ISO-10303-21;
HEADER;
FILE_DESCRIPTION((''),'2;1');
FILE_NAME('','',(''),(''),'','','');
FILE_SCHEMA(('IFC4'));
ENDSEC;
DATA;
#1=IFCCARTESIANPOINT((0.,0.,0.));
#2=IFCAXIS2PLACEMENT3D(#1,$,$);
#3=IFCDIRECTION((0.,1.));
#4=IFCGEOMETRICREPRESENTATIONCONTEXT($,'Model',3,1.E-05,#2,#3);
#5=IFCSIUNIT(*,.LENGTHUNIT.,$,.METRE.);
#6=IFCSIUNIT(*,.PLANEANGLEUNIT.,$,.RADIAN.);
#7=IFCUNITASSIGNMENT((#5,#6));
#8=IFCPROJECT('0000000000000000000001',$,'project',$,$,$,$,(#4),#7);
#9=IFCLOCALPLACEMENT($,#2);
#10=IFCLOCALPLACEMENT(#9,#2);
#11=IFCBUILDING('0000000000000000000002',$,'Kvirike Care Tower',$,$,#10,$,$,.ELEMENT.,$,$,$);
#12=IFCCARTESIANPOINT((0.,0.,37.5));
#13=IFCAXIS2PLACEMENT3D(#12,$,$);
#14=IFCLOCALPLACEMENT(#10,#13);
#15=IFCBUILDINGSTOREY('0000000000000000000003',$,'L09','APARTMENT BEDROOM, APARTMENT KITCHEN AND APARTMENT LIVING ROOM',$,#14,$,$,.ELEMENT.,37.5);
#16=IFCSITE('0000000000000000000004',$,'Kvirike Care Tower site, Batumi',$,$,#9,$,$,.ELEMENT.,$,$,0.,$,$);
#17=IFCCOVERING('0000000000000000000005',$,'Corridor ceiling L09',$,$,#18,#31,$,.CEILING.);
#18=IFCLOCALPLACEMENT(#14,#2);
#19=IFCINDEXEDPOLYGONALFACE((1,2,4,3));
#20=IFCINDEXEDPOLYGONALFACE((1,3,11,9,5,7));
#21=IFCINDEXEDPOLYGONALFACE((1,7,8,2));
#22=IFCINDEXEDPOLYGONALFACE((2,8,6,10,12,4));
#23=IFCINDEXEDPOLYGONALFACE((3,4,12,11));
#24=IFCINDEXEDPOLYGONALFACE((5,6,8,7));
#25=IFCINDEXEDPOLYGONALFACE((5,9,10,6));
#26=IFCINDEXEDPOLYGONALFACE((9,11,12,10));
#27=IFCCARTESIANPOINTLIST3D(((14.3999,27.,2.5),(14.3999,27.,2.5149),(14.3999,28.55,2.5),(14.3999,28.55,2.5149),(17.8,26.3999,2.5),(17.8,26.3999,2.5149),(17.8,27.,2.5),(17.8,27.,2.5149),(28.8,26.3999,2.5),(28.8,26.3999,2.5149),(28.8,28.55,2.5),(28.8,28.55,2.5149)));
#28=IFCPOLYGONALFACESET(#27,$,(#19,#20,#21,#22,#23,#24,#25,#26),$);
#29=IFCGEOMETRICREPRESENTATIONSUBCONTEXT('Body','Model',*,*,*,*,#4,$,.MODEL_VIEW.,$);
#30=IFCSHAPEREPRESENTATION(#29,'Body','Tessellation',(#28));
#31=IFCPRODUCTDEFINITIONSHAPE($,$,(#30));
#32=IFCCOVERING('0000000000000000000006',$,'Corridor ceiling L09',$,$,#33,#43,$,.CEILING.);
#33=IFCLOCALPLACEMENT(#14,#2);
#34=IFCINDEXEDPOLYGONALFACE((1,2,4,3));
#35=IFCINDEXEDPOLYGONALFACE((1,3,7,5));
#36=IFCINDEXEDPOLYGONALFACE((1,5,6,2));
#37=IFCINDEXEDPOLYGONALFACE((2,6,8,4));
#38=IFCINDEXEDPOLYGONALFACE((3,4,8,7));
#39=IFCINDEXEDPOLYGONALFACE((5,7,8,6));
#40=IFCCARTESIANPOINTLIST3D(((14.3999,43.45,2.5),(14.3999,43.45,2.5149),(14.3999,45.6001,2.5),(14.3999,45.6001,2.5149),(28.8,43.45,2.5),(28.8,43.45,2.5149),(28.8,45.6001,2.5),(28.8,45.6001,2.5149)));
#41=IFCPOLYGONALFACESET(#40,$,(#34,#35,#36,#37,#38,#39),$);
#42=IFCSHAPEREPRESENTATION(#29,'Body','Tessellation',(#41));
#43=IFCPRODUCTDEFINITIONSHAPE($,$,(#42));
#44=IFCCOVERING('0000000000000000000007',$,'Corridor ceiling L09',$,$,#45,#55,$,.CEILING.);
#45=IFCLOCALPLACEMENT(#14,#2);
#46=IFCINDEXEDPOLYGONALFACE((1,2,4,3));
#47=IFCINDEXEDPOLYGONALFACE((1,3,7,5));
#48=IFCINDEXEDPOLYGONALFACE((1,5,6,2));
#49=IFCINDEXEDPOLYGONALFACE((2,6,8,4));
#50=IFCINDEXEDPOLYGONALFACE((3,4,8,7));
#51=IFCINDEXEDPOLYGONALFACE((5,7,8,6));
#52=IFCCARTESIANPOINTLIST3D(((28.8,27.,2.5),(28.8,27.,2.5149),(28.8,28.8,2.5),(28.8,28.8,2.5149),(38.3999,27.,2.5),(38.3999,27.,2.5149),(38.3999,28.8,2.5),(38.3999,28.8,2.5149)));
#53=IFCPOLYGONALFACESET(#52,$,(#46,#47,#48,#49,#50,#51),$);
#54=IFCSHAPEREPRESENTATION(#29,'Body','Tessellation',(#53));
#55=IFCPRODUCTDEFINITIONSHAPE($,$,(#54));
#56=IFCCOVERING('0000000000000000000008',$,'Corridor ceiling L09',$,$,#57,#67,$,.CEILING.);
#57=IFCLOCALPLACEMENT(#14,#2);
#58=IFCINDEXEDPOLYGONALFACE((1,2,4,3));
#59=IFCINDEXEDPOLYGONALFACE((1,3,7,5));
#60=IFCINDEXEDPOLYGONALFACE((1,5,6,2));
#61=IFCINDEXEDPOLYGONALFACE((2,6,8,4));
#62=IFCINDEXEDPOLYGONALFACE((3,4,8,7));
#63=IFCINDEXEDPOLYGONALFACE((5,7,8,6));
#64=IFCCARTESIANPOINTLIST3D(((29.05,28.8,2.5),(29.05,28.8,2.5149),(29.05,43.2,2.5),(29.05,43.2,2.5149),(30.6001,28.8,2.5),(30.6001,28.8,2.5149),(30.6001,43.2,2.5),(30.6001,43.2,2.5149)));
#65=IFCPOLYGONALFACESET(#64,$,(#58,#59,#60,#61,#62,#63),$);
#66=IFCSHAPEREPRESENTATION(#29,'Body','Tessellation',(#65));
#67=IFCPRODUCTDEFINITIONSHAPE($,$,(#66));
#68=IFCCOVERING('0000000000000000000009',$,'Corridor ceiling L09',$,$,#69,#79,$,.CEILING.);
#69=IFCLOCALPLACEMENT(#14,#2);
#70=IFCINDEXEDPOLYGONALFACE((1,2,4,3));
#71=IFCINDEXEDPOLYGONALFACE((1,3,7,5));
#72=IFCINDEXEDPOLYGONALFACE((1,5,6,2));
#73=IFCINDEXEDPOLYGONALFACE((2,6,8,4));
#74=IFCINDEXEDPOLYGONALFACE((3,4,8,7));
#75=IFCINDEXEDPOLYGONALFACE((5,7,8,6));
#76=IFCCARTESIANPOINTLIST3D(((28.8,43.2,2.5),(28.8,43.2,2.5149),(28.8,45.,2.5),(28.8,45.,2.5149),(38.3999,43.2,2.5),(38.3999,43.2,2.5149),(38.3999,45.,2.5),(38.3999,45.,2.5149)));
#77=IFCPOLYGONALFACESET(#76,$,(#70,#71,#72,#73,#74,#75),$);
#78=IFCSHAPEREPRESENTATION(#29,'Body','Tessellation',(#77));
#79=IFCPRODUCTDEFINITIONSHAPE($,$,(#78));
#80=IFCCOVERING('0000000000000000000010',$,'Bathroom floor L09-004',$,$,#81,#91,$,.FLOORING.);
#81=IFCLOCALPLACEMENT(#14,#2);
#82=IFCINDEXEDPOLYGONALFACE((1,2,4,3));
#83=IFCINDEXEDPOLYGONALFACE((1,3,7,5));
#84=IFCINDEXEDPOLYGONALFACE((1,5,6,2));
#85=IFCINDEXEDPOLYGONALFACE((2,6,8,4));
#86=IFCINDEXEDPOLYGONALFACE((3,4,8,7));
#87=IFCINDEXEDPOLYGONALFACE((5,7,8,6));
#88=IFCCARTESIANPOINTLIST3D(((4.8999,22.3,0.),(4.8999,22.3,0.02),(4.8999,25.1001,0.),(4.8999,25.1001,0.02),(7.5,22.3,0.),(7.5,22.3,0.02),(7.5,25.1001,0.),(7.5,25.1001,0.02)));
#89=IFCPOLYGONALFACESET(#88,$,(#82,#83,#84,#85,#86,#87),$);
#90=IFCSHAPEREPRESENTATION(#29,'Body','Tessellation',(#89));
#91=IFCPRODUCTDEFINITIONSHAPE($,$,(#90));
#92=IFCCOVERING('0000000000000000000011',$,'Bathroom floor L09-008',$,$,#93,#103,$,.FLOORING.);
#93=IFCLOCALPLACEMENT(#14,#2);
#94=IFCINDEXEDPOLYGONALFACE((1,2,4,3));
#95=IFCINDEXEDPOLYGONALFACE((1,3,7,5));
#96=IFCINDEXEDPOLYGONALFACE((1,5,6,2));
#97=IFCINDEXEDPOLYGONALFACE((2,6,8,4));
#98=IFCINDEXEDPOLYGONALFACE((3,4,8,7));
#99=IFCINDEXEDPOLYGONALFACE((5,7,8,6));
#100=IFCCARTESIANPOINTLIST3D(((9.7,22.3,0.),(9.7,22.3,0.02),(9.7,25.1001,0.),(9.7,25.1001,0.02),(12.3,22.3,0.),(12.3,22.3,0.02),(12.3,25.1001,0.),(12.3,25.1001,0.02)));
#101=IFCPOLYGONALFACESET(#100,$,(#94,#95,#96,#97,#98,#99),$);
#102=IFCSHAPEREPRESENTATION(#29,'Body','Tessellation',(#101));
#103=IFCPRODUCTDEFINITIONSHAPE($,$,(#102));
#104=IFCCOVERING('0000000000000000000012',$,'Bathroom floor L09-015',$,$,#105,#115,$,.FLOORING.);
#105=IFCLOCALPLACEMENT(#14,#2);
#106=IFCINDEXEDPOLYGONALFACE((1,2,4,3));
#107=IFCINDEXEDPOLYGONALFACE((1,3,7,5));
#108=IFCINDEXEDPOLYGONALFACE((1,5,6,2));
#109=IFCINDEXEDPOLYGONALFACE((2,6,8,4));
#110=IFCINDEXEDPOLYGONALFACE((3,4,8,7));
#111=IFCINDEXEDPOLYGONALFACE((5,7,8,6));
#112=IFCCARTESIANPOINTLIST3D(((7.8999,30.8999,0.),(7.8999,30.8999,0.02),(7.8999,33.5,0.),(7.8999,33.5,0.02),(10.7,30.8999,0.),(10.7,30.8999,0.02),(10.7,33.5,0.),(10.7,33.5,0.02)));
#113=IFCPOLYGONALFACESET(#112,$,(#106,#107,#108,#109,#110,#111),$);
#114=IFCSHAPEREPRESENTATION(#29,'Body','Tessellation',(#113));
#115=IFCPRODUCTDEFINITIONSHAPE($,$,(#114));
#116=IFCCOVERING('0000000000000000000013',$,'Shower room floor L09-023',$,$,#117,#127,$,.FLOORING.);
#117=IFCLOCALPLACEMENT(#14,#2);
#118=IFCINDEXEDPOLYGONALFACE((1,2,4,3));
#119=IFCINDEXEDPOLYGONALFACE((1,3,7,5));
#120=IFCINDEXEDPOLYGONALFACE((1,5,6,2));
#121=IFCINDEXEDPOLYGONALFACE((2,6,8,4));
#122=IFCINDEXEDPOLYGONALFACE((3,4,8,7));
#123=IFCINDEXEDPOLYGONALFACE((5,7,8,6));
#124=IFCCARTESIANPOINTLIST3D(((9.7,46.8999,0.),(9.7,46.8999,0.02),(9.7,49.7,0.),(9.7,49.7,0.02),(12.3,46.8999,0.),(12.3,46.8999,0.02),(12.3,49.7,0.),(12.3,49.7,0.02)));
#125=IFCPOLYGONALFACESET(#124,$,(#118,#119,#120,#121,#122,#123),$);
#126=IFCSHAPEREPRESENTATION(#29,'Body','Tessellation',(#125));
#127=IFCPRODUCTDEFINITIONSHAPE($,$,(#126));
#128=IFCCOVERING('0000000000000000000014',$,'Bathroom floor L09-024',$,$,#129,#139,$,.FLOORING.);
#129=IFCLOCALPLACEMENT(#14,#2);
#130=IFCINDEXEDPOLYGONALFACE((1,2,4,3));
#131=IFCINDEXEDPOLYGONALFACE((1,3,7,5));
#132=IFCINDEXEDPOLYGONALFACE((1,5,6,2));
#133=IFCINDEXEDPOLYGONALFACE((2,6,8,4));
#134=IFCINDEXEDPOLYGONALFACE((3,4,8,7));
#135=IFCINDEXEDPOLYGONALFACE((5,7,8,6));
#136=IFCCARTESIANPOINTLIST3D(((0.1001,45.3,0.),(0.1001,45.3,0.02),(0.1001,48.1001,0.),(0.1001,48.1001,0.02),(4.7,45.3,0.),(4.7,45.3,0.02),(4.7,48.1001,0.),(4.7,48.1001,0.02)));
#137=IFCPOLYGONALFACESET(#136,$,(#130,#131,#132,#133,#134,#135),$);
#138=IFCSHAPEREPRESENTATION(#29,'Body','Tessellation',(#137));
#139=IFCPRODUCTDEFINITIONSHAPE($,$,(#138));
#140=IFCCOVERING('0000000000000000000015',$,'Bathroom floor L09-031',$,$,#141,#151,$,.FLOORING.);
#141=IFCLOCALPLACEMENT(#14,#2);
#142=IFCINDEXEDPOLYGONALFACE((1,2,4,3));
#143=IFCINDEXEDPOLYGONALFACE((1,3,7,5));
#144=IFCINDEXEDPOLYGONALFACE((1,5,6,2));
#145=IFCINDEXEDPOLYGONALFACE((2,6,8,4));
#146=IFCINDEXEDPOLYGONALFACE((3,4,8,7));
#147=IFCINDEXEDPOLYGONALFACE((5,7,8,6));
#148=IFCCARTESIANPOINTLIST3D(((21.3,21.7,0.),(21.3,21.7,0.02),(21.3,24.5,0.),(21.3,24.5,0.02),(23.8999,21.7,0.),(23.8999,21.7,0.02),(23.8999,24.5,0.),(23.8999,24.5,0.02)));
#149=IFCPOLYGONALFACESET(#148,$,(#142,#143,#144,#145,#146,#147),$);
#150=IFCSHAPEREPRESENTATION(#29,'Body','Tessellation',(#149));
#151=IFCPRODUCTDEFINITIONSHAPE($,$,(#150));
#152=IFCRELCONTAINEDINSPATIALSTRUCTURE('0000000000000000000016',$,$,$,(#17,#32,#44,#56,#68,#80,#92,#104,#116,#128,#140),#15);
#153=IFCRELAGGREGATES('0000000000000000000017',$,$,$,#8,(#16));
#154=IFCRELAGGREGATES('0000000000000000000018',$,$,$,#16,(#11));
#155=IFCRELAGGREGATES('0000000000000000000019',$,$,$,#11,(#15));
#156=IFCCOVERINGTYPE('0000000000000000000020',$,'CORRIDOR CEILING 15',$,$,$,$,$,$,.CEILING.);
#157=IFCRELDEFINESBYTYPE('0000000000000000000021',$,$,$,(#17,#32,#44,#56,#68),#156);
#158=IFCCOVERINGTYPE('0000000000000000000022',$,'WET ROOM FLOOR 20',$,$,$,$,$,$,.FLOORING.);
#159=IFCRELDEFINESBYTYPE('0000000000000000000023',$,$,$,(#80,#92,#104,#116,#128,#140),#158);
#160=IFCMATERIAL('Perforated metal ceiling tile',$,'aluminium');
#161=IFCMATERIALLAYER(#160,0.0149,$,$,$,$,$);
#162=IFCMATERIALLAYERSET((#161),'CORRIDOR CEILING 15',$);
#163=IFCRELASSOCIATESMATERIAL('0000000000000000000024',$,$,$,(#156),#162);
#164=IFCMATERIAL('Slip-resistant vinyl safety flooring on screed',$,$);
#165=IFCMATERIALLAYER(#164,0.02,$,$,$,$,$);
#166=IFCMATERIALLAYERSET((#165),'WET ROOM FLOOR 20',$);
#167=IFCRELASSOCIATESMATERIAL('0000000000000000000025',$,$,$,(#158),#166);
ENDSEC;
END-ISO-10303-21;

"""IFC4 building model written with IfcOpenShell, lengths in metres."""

from ifc_helpers import new_model, si_unit, direction, frame, origin, place, context, subcontext, project, spatial, polyline, outline, extrude, material, layer, layer_set, type_object, element, save


model = new_model("IFC4")

# Units and contexts
model_context = context("Model", 3, precision=1e-05, world=origin(), true_north=direction((0.0, 1.0)))
body_context = subcontext(model_context, "Body", "Model", "MODEL_VIEW")
ifc_project = project(units=[si_unit("LENGTHUNIT", "METRE"), si_unit("PLANEANGLEUNIT", "RADIAN")], contexts=[model_context])

# Site, building, storey
site_placement = place(None, origin())
site = spatial("IfcSite", under=ifc_project, at=site_placement, Name="Kvirike Care Tower site, Batumi", CompositionType="ELEMENT", RefElevation=0.0)
building_placement = place(site_placement, origin())
building = spatial("IfcBuilding", under=site, at=building_placement, Name="Kvirike Care Tower", CompositionType="ELEMENT")
storey_placement = place(building_placement, frame((0.0, 0.0, 37.5)))
storey = spatial("IfcBuildingStorey", under=building, at=storey_placement, Name="L09", Description="APARTMENT BEDROOM, APARTMENT KITCHEN AND APARTMENT LIVING ROOM", CompositionType="ELEMENT", Elevation=37.5)

# Coverings
ifc_material_1 = material(Name="Perforated metal ceiling tile", Category="aluminium")
ifc_layer_1 = layer(ifc_material_1, 0.0149)
ifc_layer_set_1 = layer_set([ifc_layer_1], Name="CORRIDOR CEILING 15")
covering_type_1 = type_object("IfcCoveringType", Name="CORRIDOR CEILING 15", PredefinedType="CEILING", material=ifc_layer_set_1)
covering_1_placement = place(storey_placement, frame((0.0, 0.0, 2.5)))
element("IfcCovering", 1, at=covering_1_placement, inside=storey, type_object=covering_type_1, Name="Corridor ceiling L09", PredefinedType="CEILING", context=body_context, shape_type="SweptSolid", body=[
    extrude(outline(polyline([(14.3999, 28.55), (28.8, 28.55), (28.8, 26.3999), (17.8, 26.3999), (17.8, 27.0), (14.3999, 27.0), (14.3999, 28.55)])), origin(), (0.0, 0.0, 1.0), 0.0149),
])
covering_2_placement = place(storey_placement, frame((0.0, 0.0, 2.5)))
element("IfcCovering", 2, at=covering_2_placement, inside=storey, type_object=covering_type_1, Name="Corridor ceiling L09", PredefinedType="CEILING", context=body_context, shape_type="SweptSolid", body=[
    extrude(outline(polyline([(28.8, 45.6001), (28.8, 43.45), (14.3999, 43.45), (14.3999, 45.6001), (28.8, 45.6001)])), origin(), (0.0, 0.0, 1.0), 0.0149),
])
covering_3_placement = place(storey_placement, frame((0.0, 0.0, 2.5)))
element("IfcCovering", 3, at=covering_3_placement, inside=storey, type_object=covering_type_1, Name="Corridor ceiling L09", PredefinedType="CEILING", context=body_context, shape_type="SweptSolid", body=[
    extrude(outline(polyline([(28.8, 27.0), (28.8, 28.8), (38.3999, 28.8), (38.3999, 27.0), (28.8, 27.0)])), origin(), (0.0, 0.0, 1.0), 0.0149),
])
covering_4_placement = place(storey_placement, frame((0.0, 0.0, 2.5)))
element("IfcCovering", 4, at=covering_4_placement, inside=storey, type_object=covering_type_1, Name="Corridor ceiling L09", PredefinedType="CEILING", context=body_context, shape_type="SweptSolid", body=[
    extrude(outline(polyline([(30.6001, 28.8), (29.05, 28.8), (29.05, 43.2), (30.6001, 43.2), (30.6001, 28.8)])), origin(), (0.0, 0.0, 1.0), 0.0149),
])
covering_5_placement = place(storey_placement, frame((0.0, 0.0, 2.5)))
element("IfcCovering", 5, at=covering_5_placement, inside=storey, type_object=covering_type_1, Name="Corridor ceiling L09", PredefinedType="CEILING", context=body_context, shape_type="SweptSolid", body=[
    extrude(outline(polyline([(38.3999, 45.0), (38.3999, 43.2), (28.8, 43.2), (28.8, 45.0), (38.3999, 45.0)])), origin(), (0.0, 0.0, 1.0), 0.0149),
])
ifc_material_2 = material(Name="Slip-resistant vinyl safety flooring on screed")
ifc_layer_2 = layer(ifc_material_2, 0.02)
ifc_layer_set_2 = layer_set([ifc_layer_2], Name="WET ROOM FLOOR 20")
covering_type_2 = type_object("IfcCoveringType", Name="WET ROOM FLOOR 20", PredefinedType="FLOORING", material=ifc_layer_set_2)
covering_6_placement = place(storey_placement, origin())
element("IfcCovering", 6, at=covering_6_placement, inside=storey, type_object=covering_type_2, Name="Bathroom floor L09-004", PredefinedType="FLOORING", context=body_context, shape_type="SweptSolid", body=[
    extrude(outline(polyline([(4.8999, 22.3), (4.8999, 25.1001), (7.5, 25.1001), (7.5, 22.3), (4.8999, 22.3)])), origin(), (0.0, 0.0, 1.0), 0.02),
])
covering_7_placement = place(storey_placement, origin())
element("IfcCovering", 7, at=covering_7_placement, inside=storey, type_object=covering_type_2, Name="Bathroom floor L09-008", PredefinedType="FLOORING", context=body_context, shape_type="SweptSolid", body=[
    extrude(outline(polyline([(9.7, 22.3), (9.7, 25.1001), (12.3, 25.1001), (12.3, 22.3), (9.7, 22.3)])), origin(), (0.0, 0.0, 1.0), 0.02),
])
covering_8_placement = place(storey_placement, origin())
element("IfcCovering", 8, at=covering_8_placement, inside=storey, type_object=covering_type_2, Name="Bathroom floor L09-015", PredefinedType="FLOORING", context=body_context, shape_type="SweptSolid", body=[
    extrude(outline(polyline([(7.8999, 33.5), (10.7, 33.5), (10.7, 30.8999), (7.8999, 30.8999), (7.8999, 33.5)])), origin(), (0.0, 0.0, 1.0), 0.02),
])
covering_9_placement = place(storey_placement, origin())
element("IfcCovering", 9, at=covering_9_placement, inside=storey, type_object=covering_type_2, Name="Shower room floor L09-023", PredefinedType="FLOORING", context=body_context, shape_type="SweptSolid", body=[
    extrude(outline(polyline([(12.3, 49.7), (12.3, 46.8999), (9.7, 46.8999), (9.7, 49.7), (12.3, 49.7)])), origin(), (0.0, 0.0, 1.0), 0.02),
])
covering_10_placement = place(storey_placement, origin())
element("IfcCovering", 10, at=covering_10_placement, inside=storey, type_object=covering_type_2, Name="Bathroom floor L09-024", PredefinedType="FLOORING", context=body_context, shape_type="SweptSolid", body=[
    extrude(outline(polyline([(4.7, 48.1001), (4.7, 45.3), (0.1001, 45.3), (0.1001, 48.1001), (4.7, 48.1001)])), origin(), (0.0, 0.0, 1.0), 0.02),
])
covering_11_placement = place(storey_placement, origin())
element("IfcCovering", 11, at=covering_11_placement, inside=storey, type_object=covering_type_2, Name="Bathroom floor L09-031", PredefinedType="FLOORING", context=body_context, shape_type="SweptSolid", body=[
    extrude(outline(polyline([(21.3, 21.7), (21.3, 24.5), (23.8999, 24.5), (23.8999, 21.7), (21.3, 21.7)])), origin(), (0.0, 0.0, 1.0), 0.02),
])

save(model, "model.ifc")
